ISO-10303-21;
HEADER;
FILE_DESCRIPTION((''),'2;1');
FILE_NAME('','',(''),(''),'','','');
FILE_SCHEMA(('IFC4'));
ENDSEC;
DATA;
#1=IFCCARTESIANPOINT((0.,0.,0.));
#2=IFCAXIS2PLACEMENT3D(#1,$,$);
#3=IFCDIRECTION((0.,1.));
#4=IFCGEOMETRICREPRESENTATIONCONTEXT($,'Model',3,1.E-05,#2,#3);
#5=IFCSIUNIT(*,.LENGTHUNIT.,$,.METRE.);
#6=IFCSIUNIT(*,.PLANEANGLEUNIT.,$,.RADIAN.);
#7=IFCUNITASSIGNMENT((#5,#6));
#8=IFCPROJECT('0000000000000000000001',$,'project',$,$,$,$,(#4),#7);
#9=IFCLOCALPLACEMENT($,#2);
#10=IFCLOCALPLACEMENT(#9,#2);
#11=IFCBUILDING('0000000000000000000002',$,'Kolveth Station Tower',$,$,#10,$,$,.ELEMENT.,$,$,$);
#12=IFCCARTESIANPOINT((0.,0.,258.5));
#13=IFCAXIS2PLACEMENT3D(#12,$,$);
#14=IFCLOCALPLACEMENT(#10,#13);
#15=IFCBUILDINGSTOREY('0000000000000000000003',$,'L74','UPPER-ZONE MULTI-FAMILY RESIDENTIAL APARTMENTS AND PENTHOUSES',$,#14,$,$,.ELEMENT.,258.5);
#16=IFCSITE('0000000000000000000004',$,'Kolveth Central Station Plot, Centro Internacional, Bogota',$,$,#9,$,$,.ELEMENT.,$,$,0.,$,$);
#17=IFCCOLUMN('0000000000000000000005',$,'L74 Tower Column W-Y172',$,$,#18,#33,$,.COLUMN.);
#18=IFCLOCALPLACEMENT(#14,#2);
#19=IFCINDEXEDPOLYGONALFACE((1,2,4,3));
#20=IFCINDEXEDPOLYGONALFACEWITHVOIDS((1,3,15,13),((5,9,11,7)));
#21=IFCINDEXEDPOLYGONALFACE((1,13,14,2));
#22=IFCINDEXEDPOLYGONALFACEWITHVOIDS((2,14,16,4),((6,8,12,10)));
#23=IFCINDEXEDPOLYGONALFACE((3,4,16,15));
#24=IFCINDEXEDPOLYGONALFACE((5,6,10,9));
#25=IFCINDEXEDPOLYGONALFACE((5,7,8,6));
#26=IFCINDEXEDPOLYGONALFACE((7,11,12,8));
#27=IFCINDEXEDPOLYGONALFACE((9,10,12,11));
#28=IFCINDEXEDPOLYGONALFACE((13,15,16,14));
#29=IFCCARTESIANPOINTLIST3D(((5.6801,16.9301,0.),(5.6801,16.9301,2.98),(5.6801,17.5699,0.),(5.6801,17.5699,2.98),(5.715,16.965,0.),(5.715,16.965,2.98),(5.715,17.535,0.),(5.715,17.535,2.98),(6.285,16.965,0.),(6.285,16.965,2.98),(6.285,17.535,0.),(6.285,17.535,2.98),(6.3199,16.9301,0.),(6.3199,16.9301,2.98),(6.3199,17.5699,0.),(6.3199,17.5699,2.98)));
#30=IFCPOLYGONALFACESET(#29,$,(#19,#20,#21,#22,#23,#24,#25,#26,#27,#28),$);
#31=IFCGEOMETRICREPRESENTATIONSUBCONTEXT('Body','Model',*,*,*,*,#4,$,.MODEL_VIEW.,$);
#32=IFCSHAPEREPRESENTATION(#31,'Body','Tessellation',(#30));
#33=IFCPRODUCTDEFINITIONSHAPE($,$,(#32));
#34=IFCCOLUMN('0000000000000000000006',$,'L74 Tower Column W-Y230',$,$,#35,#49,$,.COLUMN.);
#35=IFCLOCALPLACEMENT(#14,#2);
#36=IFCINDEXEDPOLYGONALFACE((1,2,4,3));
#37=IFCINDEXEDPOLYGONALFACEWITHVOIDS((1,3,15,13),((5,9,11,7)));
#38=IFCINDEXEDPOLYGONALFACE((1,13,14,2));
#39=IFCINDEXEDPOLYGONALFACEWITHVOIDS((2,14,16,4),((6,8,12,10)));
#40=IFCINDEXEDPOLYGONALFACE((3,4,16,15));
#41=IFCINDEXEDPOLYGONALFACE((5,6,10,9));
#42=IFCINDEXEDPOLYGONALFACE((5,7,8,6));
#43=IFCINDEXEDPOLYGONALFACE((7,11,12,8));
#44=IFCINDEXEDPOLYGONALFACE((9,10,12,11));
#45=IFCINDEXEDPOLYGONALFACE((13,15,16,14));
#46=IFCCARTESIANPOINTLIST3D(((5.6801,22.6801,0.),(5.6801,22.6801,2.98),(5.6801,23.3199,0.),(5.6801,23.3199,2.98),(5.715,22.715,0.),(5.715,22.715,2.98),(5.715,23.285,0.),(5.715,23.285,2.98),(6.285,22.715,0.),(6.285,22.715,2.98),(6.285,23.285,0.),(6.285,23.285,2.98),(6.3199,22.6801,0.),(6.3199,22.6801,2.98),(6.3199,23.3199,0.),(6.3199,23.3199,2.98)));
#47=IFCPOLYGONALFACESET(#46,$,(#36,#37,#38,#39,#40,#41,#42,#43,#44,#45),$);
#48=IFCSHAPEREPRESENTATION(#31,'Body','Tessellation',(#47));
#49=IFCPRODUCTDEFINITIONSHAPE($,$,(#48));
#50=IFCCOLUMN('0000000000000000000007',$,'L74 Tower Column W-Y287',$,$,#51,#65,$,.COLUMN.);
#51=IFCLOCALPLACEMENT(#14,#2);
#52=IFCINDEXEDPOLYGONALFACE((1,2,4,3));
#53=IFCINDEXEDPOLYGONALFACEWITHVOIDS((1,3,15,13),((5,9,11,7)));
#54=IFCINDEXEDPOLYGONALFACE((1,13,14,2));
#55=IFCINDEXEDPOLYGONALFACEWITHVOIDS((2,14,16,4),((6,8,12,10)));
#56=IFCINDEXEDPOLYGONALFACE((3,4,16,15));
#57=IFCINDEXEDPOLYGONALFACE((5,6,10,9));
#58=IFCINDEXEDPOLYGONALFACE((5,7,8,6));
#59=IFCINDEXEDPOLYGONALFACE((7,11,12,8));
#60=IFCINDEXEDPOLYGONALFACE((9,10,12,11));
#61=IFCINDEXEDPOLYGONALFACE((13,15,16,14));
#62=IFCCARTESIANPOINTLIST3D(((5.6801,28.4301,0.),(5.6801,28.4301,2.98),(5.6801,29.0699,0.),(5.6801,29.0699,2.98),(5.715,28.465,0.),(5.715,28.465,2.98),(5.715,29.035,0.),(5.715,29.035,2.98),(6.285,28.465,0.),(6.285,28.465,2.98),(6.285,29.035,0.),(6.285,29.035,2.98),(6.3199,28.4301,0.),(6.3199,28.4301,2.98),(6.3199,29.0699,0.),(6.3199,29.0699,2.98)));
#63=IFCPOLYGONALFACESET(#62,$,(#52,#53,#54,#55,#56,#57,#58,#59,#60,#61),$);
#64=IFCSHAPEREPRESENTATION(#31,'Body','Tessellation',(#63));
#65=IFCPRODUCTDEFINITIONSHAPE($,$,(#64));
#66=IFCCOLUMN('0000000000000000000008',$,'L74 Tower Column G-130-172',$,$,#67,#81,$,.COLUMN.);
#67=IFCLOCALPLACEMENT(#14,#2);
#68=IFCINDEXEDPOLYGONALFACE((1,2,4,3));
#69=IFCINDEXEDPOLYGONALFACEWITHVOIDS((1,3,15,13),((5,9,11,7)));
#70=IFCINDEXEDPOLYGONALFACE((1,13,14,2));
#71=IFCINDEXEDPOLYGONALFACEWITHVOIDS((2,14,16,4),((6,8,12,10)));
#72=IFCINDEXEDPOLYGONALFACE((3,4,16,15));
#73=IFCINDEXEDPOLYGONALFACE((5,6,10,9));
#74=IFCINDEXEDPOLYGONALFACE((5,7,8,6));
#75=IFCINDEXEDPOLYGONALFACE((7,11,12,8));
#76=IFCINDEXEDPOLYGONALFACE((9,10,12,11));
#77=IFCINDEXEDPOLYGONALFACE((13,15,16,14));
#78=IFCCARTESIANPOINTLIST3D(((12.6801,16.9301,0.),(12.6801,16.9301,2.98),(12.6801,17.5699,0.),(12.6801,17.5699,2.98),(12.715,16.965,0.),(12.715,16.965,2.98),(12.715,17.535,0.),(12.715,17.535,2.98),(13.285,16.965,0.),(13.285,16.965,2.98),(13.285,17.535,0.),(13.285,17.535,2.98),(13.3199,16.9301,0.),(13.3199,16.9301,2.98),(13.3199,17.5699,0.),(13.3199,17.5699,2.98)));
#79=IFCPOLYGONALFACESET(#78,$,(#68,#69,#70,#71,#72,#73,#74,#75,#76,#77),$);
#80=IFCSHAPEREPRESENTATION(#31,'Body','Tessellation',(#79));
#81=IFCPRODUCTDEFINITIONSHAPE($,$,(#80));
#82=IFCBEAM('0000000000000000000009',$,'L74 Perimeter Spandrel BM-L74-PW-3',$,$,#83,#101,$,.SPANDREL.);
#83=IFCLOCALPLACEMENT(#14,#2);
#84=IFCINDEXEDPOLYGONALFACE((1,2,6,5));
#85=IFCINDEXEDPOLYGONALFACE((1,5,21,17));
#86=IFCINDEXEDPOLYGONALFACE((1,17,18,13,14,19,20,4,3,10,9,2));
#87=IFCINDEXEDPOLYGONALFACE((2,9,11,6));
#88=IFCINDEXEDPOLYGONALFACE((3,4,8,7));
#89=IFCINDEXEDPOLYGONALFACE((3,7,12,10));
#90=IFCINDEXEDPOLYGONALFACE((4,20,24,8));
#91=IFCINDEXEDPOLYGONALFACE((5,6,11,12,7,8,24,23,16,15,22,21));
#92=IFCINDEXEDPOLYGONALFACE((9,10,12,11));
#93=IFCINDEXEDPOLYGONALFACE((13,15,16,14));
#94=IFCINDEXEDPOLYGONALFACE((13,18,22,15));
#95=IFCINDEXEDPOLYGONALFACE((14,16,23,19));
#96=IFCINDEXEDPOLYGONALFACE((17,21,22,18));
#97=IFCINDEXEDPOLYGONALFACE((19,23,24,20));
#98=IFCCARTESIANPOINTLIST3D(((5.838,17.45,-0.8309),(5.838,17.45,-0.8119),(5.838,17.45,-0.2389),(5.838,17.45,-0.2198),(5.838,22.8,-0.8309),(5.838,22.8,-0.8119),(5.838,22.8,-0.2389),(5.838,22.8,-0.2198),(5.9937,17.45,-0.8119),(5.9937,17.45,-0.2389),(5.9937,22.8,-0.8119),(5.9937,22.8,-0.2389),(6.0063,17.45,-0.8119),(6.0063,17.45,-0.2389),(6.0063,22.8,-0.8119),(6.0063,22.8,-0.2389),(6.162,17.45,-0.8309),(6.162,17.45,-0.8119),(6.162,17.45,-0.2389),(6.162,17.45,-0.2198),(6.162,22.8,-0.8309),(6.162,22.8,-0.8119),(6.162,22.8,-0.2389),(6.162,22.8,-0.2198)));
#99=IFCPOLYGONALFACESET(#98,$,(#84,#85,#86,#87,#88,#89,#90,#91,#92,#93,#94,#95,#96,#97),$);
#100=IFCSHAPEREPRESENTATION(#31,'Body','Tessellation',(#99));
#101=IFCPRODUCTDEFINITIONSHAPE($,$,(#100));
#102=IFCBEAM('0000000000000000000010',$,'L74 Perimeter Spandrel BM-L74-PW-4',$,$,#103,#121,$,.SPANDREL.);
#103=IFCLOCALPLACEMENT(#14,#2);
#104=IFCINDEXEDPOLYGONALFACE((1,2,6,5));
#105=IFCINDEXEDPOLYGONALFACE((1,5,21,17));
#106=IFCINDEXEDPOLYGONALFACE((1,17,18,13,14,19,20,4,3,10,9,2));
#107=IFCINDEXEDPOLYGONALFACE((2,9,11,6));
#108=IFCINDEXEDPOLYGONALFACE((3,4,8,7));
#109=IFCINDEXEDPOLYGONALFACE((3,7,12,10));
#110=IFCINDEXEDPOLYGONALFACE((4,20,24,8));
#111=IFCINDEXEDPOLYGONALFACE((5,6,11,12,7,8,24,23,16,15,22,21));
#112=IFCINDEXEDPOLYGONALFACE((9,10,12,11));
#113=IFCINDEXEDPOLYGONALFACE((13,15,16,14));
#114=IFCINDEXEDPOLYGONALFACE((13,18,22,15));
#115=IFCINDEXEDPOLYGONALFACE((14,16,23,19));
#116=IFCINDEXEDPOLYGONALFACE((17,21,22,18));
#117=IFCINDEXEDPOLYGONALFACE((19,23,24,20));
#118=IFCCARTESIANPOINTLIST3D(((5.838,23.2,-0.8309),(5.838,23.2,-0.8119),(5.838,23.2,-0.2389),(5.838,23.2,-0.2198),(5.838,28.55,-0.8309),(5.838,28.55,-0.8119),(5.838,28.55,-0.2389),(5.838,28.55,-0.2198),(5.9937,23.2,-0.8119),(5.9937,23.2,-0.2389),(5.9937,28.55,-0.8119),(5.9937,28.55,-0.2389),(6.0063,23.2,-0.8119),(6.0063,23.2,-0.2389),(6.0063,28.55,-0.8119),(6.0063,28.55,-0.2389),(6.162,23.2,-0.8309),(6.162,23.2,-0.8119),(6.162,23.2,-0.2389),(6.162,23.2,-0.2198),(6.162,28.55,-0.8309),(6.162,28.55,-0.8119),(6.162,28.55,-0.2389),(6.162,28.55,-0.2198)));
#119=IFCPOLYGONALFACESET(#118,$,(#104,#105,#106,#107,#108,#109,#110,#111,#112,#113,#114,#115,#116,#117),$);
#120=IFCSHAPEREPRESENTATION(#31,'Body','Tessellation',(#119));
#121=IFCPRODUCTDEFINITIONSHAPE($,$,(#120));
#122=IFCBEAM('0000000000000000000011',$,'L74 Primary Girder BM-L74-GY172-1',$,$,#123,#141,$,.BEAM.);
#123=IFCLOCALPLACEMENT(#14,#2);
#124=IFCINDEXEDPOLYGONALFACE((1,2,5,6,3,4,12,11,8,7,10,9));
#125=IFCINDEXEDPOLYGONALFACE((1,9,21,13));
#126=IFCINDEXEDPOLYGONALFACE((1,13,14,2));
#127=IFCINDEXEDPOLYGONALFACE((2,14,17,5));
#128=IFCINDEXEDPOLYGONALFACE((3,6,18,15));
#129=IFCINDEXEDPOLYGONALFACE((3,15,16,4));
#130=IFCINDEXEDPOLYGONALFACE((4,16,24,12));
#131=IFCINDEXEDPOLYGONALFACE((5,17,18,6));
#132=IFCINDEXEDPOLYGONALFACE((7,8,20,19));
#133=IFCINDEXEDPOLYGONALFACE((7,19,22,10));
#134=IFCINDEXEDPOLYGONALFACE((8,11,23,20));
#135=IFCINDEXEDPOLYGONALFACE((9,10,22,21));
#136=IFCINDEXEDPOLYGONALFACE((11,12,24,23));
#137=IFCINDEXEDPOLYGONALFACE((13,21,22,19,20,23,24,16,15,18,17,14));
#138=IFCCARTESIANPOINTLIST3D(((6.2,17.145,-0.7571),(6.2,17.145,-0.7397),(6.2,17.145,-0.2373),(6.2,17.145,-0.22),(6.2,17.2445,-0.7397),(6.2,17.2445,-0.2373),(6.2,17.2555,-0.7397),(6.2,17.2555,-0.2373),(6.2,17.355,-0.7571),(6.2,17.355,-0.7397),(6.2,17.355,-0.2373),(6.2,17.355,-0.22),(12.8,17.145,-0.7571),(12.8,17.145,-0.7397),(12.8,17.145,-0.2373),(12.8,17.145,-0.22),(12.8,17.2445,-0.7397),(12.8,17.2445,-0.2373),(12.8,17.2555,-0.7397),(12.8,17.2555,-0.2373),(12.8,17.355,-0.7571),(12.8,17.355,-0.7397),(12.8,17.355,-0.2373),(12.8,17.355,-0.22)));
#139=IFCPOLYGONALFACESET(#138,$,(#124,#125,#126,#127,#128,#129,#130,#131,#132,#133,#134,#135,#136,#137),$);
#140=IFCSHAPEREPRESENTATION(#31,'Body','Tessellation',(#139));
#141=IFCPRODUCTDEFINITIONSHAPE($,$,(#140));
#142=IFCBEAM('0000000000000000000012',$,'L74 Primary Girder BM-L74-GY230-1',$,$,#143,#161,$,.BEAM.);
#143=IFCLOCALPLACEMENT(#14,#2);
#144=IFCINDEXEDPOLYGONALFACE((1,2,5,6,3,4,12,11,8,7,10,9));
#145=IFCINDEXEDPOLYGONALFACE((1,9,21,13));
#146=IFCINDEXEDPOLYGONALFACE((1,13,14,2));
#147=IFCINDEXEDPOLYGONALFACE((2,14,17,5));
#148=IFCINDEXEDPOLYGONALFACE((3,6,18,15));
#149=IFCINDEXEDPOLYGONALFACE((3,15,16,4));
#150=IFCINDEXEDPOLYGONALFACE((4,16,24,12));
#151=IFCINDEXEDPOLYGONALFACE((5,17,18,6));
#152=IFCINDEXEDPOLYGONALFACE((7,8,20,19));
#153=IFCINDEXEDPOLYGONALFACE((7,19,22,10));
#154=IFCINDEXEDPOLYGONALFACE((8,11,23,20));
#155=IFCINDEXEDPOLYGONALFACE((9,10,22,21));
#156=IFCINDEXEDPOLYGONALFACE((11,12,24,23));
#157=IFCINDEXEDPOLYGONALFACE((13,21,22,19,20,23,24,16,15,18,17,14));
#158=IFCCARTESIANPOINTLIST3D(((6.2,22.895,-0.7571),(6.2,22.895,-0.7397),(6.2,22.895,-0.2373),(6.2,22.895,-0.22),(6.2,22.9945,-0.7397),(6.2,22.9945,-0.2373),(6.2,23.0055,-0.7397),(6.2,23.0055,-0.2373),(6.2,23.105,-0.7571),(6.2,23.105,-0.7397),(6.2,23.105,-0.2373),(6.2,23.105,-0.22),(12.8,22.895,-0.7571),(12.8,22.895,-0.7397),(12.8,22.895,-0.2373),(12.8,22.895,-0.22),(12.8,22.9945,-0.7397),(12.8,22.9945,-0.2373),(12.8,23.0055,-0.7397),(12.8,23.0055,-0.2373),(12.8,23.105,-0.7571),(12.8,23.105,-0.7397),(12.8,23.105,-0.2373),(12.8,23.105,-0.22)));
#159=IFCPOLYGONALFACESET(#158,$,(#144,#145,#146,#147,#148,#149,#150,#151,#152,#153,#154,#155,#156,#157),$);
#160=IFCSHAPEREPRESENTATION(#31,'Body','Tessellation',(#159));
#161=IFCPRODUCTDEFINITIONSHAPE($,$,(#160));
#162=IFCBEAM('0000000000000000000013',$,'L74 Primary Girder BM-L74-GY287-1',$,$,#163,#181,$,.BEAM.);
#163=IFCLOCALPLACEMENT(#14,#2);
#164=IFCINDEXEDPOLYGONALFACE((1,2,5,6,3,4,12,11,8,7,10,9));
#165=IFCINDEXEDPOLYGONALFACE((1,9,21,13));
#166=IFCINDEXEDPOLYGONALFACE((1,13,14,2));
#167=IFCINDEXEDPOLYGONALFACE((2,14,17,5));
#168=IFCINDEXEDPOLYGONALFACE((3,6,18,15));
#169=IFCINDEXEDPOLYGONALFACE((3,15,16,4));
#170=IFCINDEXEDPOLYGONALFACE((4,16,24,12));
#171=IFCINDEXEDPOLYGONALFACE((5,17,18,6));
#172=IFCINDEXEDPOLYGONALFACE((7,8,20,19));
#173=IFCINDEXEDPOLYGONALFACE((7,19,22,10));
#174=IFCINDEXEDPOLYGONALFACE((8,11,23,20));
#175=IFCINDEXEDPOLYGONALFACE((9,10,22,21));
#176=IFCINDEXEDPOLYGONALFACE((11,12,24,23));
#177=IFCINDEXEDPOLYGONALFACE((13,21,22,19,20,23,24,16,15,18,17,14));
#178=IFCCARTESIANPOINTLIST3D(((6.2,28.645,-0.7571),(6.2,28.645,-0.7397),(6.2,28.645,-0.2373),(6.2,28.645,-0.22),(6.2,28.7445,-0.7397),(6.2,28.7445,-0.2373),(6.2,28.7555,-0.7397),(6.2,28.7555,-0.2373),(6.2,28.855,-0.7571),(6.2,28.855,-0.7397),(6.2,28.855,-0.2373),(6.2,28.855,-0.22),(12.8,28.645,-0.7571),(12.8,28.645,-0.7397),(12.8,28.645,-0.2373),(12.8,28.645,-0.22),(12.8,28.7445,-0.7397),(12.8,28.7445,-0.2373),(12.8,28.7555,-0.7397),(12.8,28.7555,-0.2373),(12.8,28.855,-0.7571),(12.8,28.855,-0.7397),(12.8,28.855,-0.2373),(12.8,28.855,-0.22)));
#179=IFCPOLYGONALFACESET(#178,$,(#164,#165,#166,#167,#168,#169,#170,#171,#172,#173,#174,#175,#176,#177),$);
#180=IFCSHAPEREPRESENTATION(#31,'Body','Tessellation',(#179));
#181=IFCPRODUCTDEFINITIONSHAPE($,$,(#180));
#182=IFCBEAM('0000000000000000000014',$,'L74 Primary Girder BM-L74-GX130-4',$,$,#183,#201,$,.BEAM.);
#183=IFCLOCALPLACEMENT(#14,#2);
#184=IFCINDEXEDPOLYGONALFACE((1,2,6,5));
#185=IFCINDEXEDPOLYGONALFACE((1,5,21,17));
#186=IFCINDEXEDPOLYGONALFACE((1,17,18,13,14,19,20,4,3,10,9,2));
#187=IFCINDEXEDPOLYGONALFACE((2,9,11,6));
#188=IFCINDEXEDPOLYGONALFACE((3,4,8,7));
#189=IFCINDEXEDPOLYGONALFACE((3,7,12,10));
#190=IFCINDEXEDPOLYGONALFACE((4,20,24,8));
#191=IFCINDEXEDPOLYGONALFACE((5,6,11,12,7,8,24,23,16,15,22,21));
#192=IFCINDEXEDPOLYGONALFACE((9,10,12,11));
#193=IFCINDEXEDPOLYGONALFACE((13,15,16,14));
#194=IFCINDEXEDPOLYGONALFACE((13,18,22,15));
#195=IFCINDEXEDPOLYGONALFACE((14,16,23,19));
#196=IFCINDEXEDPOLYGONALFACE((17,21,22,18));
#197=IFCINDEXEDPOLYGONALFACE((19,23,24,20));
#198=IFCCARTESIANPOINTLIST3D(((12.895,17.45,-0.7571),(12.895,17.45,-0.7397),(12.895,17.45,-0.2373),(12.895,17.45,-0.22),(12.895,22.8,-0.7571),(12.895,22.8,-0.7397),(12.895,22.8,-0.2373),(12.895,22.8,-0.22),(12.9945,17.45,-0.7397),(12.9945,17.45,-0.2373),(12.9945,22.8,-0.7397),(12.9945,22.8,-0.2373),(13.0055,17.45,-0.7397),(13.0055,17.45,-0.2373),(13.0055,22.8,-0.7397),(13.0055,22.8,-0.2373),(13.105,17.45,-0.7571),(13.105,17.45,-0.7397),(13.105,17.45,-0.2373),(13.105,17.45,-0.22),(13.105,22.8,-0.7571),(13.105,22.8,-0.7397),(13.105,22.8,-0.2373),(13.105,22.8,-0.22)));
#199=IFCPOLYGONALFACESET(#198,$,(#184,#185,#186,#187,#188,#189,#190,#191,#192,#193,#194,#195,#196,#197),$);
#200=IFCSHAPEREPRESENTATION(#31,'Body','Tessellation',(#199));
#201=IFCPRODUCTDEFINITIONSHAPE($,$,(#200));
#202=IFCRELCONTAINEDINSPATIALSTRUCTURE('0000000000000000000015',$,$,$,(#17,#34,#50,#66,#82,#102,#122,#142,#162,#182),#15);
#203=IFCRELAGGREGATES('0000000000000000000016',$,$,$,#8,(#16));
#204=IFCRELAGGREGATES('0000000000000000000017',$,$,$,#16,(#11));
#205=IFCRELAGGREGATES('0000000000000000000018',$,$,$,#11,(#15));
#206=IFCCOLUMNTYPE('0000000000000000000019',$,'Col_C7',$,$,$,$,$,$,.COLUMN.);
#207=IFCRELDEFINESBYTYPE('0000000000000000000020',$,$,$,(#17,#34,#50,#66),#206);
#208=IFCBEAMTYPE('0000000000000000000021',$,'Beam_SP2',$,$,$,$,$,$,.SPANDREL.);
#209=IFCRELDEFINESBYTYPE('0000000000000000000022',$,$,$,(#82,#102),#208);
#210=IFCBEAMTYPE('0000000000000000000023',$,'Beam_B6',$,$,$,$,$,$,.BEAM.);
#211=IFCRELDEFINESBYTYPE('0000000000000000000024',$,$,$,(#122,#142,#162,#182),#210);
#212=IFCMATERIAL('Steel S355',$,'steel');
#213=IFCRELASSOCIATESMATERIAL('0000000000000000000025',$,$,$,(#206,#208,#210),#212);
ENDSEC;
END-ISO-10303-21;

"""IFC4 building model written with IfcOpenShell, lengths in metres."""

from ifc_helpers import new_model, si_unit, direction, frame, origin, origin_2d, place, context, subcontext, project, spatial, hollow_rectangle, i_section, extrude, source, transform, mapped, material, material_profile, profile_set, type_object, element, save


model = new_model("IFC4")

# Units and contexts
model_context = context("Model", 3, precision=1e-05, world=origin(), true_north=direction((0.0, 1.0)))
body_context = subcontext(model_context, "Body", "Model", "MODEL_VIEW")
ifc_project = project(units=[si_unit("LENGTHUNIT", "METRE"), si_unit("PLANEANGLEUNIT", "RADIAN")], contexts=[model_context])

# Site, building, storey
site_placement = place(None, origin())
site = spatial("IfcSite", under=ifc_project, at=site_placement, Name="Kolveth Central Station Plot, Centro Internacional, Bogota", CompositionType="ELEMENT", RefElevation=0.0)
building_placement = place(site_placement, origin())
building = spatial("IfcBuilding", under=site, at=building_placement, Name="Kolveth Station Tower", CompositionType="ELEMENT")
storey_placement = place(building_placement, frame((0.0, 0.0, 258.5)))
storey = spatial("IfcBuildingStorey", under=building, at=storey_placement, Name="L74", Description="UPPER-ZONE MULTI-FAMILY RESIDENTIAL APARTMENTS AND PENTHOUSES", CompositionType="ELEMENT", Elevation=258.5)

# Columns
ifc_material_1 = material(Name="Steel S355", Category="steel")
ifc_material_profile_1 = material_profile(ifc_material_1, hollow_rectangle(XDim=0.6399, YDim=0.6399, WallThickness=0.0349, at=origin_2d()), Name="BOX640x640x35")
ifc_profile_set_1 = profile_set([ifc_material_profile_1], Name="Steel S355")
column_type = type_object("IfcColumnType", Name="Col_C7", PredefinedType="COLUMN", material=ifc_profile_set_1)
shared_shape_1 = source(origin(), body_context, "Body", "SweptSolid", [
    extrude(hollow_rectangle(XDim=0.6399, YDim=0.6399, WallThickness=0.0349, at=origin_2d()), origin(), (0.0, 0.0, 1.0), 2.98),
])
for number, where, z_axis, x_axis, name in (
    (1, (6.0, 17.25, 0.0), (0.0, 0.0, 1.0), (1.0, 0.0, 0.0), "L74 Tower Column W-Y172"),
    (2, (6.0, 23.0, 0.0), (0.0, 0.0, 1.0), (1.0, 0.0, 0.0), "L74 Tower Column W-Y230"),
    (3, (6.0, 28.75, 0.0), (0.0, 0.0, 1.0), (1.0, 0.0, 0.0), "L74 Tower Column W-Y287"),
    (4, (13.0, 17.25, 0.0), (0.0, 0.0, 1.0), (1.0, 0.0, 0.0), "L74 Tower Column G-130-172"),
):
    element("IfcColumn", number, at=place(storey_placement, frame(where, z_axis=z_axis, x_axis=x_axis)), inside=storey, type_object=column_type, Name=name, PredefinedType="COLUMN", context=body_context, shape_type="MappedRepresentation", body=[
        mapped(shared_shape_1, transform((0.0, 0.0, 0.0), x_axis=(1.0, 0.0, 0.0), y_axis=(0.0, 1.0, 0.0), z_axis=(0.0, 0.0, 1.0), scale=1.0)),
    ])

# Beams
ifc_material_profile_2 = material_profile(ifc_material_1, i_section(OverallWidth=0.324, OverallDepth=0.6111, WebThickness=0.0127, FlangeThickness=0.019, at=origin_2d()), Name="W610x155")
ifc_profile_set_2 = profile_set([ifc_material_profile_2], Name="Steel S355")
beam_type_1 = type_object("IfcBeamType", Name="Beam_SP2", PredefinedType="SPANDREL", material=ifc_profile_set_2)
shared_shape_2 = source(origin(), body_context, "Body", "SweptSolid", [
    extrude(i_section(OverallWidth=0.324, OverallDepth=0.6111, WebThickness=0.0127, FlangeThickness=0.019, at=origin_2d()), origin(), (0.0, 0.0, 1.0), 5.3501),
])
for number, where, z_axis, x_axis, name in (
    (5, (6.0, 17.45, -0.5254), (0.0, 1.0, 0.0), (-1.0, 0.0, 0.0), "L74 Perimeter Spandrel BM-L74-PW-3"),
    (6, (6.0, 23.2, -0.5254), (0.0, 1.0, 0.0), (-1.0, 0.0, 0.0), "L74 Perimeter Spandrel BM-L74-PW-4"),
):
    element("IfcBeam", number, at=place(storey_placement, frame(where, z_axis=z_axis, x_axis=x_axis)), inside=storey, type_object=beam_type_1, Name=name, PredefinedType="SPANDREL", context=body_context, shape_type="MappedRepresentation", body=[
        mapped(shared_shape_2, transform((0.0, 0.0, 0.0), x_axis=(1.0, 0.0, 0.0), y_axis=(0.0, 1.0, 0.0), z_axis=(0.0, 0.0, 1.0), scale=1.0)),
    ])
ifc_material_profile_3 = material_profile(ifc_material_1, i_section(OverallWidth=0.21, OverallDepth=0.5371, WebThickness=0.011, FlangeThickness=0.0173, at=origin_2d()), Name="W530x101")
ifc_profile_set_3 = profile_set([ifc_material_profile_3], Name="Steel S355")
beam_type_2 = type_object("IfcBeamType", Name="Beam_B6", PredefinedType="BEAM", material=ifc_profile_set_3)
shared_shape_3 = source(origin(), body_context, "Body", "SweptSolid", [
    extrude(i_section(OverallWidth=0.21, OverallDepth=0.5371, WebThickness=0.011, FlangeThickness=0.0173, at=origin_2d()), origin(), (0.0, 0.0, 1.0), 6.6001),
])
for number, where, z_axis, x_axis, name in (
    (7, (6.2, 17.25, -0.4885), (1.0, 0.0, 0.0), (0.0, 1.0, 0.0), "L74 Primary Girder BM-L74-GY172-1"),
    (8, (6.2, 23.0, -0.4885), (1.0, 0.0, 0.0), (0.0, 1.0, 0.0), "L74 Primary Girder BM-L74-GY230-1"),
    (9, (6.2, 28.75, -0.4885), (1.0, 0.0, 0.0), (0.0, 1.0, 0.0), "L74 Primary Girder BM-L74-GY287-1"),
):
    element("IfcBeam", number, at=place(storey_placement, frame(where, z_axis=z_axis, x_axis=x_axis)), inside=storey, type_object=beam_type_2, Name=name, PredefinedType="BEAM", context=body_context, shape_type="MappedRepresentation", body=[
        mapped(shared_shape_3, transform((0.0, 0.0, 0.0), x_axis=(1.0, 0.0, 0.0), y_axis=(0.0, 1.0, 0.0), z_axis=(0.0, 0.0, 1.0), scale=1.0)),
    ])
shared_shape_4 = source(origin(), body_context, "Body", "SweptSolid", [
    extrude(i_section(OverallWidth=0.21, OverallDepth=0.5371, WebThickness=0.011, FlangeThickness=0.0173, at=origin_2d()), origin(), (0.0, 0.0, 1.0), 5.3501),
])
beam_placement = place(storey_placement, frame((13.0, 17.45, -0.4885), z_axis=(0.0, 1.0, 0.0), x_axis=(-1.0, 0.0, 0.0)))
element("IfcBeam", 10, at=beam_placement, inside=storey, type_object=beam_type_2, Name="L74 Primary Girder BM-L74-GX130-4", PredefinedType="BEAM", context=body_context, shape_type="MappedRepresentation", body=[
    mapped(shared_shape_4, transform((0.0, 0.0, 0.0), x_axis=(1.0, 0.0, 0.0), y_axis=(0.0, 1.0, 0.0), z_axis=(0.0, 0.0, 1.0), scale=1.0)),
])

save(model, "model.ifc")
